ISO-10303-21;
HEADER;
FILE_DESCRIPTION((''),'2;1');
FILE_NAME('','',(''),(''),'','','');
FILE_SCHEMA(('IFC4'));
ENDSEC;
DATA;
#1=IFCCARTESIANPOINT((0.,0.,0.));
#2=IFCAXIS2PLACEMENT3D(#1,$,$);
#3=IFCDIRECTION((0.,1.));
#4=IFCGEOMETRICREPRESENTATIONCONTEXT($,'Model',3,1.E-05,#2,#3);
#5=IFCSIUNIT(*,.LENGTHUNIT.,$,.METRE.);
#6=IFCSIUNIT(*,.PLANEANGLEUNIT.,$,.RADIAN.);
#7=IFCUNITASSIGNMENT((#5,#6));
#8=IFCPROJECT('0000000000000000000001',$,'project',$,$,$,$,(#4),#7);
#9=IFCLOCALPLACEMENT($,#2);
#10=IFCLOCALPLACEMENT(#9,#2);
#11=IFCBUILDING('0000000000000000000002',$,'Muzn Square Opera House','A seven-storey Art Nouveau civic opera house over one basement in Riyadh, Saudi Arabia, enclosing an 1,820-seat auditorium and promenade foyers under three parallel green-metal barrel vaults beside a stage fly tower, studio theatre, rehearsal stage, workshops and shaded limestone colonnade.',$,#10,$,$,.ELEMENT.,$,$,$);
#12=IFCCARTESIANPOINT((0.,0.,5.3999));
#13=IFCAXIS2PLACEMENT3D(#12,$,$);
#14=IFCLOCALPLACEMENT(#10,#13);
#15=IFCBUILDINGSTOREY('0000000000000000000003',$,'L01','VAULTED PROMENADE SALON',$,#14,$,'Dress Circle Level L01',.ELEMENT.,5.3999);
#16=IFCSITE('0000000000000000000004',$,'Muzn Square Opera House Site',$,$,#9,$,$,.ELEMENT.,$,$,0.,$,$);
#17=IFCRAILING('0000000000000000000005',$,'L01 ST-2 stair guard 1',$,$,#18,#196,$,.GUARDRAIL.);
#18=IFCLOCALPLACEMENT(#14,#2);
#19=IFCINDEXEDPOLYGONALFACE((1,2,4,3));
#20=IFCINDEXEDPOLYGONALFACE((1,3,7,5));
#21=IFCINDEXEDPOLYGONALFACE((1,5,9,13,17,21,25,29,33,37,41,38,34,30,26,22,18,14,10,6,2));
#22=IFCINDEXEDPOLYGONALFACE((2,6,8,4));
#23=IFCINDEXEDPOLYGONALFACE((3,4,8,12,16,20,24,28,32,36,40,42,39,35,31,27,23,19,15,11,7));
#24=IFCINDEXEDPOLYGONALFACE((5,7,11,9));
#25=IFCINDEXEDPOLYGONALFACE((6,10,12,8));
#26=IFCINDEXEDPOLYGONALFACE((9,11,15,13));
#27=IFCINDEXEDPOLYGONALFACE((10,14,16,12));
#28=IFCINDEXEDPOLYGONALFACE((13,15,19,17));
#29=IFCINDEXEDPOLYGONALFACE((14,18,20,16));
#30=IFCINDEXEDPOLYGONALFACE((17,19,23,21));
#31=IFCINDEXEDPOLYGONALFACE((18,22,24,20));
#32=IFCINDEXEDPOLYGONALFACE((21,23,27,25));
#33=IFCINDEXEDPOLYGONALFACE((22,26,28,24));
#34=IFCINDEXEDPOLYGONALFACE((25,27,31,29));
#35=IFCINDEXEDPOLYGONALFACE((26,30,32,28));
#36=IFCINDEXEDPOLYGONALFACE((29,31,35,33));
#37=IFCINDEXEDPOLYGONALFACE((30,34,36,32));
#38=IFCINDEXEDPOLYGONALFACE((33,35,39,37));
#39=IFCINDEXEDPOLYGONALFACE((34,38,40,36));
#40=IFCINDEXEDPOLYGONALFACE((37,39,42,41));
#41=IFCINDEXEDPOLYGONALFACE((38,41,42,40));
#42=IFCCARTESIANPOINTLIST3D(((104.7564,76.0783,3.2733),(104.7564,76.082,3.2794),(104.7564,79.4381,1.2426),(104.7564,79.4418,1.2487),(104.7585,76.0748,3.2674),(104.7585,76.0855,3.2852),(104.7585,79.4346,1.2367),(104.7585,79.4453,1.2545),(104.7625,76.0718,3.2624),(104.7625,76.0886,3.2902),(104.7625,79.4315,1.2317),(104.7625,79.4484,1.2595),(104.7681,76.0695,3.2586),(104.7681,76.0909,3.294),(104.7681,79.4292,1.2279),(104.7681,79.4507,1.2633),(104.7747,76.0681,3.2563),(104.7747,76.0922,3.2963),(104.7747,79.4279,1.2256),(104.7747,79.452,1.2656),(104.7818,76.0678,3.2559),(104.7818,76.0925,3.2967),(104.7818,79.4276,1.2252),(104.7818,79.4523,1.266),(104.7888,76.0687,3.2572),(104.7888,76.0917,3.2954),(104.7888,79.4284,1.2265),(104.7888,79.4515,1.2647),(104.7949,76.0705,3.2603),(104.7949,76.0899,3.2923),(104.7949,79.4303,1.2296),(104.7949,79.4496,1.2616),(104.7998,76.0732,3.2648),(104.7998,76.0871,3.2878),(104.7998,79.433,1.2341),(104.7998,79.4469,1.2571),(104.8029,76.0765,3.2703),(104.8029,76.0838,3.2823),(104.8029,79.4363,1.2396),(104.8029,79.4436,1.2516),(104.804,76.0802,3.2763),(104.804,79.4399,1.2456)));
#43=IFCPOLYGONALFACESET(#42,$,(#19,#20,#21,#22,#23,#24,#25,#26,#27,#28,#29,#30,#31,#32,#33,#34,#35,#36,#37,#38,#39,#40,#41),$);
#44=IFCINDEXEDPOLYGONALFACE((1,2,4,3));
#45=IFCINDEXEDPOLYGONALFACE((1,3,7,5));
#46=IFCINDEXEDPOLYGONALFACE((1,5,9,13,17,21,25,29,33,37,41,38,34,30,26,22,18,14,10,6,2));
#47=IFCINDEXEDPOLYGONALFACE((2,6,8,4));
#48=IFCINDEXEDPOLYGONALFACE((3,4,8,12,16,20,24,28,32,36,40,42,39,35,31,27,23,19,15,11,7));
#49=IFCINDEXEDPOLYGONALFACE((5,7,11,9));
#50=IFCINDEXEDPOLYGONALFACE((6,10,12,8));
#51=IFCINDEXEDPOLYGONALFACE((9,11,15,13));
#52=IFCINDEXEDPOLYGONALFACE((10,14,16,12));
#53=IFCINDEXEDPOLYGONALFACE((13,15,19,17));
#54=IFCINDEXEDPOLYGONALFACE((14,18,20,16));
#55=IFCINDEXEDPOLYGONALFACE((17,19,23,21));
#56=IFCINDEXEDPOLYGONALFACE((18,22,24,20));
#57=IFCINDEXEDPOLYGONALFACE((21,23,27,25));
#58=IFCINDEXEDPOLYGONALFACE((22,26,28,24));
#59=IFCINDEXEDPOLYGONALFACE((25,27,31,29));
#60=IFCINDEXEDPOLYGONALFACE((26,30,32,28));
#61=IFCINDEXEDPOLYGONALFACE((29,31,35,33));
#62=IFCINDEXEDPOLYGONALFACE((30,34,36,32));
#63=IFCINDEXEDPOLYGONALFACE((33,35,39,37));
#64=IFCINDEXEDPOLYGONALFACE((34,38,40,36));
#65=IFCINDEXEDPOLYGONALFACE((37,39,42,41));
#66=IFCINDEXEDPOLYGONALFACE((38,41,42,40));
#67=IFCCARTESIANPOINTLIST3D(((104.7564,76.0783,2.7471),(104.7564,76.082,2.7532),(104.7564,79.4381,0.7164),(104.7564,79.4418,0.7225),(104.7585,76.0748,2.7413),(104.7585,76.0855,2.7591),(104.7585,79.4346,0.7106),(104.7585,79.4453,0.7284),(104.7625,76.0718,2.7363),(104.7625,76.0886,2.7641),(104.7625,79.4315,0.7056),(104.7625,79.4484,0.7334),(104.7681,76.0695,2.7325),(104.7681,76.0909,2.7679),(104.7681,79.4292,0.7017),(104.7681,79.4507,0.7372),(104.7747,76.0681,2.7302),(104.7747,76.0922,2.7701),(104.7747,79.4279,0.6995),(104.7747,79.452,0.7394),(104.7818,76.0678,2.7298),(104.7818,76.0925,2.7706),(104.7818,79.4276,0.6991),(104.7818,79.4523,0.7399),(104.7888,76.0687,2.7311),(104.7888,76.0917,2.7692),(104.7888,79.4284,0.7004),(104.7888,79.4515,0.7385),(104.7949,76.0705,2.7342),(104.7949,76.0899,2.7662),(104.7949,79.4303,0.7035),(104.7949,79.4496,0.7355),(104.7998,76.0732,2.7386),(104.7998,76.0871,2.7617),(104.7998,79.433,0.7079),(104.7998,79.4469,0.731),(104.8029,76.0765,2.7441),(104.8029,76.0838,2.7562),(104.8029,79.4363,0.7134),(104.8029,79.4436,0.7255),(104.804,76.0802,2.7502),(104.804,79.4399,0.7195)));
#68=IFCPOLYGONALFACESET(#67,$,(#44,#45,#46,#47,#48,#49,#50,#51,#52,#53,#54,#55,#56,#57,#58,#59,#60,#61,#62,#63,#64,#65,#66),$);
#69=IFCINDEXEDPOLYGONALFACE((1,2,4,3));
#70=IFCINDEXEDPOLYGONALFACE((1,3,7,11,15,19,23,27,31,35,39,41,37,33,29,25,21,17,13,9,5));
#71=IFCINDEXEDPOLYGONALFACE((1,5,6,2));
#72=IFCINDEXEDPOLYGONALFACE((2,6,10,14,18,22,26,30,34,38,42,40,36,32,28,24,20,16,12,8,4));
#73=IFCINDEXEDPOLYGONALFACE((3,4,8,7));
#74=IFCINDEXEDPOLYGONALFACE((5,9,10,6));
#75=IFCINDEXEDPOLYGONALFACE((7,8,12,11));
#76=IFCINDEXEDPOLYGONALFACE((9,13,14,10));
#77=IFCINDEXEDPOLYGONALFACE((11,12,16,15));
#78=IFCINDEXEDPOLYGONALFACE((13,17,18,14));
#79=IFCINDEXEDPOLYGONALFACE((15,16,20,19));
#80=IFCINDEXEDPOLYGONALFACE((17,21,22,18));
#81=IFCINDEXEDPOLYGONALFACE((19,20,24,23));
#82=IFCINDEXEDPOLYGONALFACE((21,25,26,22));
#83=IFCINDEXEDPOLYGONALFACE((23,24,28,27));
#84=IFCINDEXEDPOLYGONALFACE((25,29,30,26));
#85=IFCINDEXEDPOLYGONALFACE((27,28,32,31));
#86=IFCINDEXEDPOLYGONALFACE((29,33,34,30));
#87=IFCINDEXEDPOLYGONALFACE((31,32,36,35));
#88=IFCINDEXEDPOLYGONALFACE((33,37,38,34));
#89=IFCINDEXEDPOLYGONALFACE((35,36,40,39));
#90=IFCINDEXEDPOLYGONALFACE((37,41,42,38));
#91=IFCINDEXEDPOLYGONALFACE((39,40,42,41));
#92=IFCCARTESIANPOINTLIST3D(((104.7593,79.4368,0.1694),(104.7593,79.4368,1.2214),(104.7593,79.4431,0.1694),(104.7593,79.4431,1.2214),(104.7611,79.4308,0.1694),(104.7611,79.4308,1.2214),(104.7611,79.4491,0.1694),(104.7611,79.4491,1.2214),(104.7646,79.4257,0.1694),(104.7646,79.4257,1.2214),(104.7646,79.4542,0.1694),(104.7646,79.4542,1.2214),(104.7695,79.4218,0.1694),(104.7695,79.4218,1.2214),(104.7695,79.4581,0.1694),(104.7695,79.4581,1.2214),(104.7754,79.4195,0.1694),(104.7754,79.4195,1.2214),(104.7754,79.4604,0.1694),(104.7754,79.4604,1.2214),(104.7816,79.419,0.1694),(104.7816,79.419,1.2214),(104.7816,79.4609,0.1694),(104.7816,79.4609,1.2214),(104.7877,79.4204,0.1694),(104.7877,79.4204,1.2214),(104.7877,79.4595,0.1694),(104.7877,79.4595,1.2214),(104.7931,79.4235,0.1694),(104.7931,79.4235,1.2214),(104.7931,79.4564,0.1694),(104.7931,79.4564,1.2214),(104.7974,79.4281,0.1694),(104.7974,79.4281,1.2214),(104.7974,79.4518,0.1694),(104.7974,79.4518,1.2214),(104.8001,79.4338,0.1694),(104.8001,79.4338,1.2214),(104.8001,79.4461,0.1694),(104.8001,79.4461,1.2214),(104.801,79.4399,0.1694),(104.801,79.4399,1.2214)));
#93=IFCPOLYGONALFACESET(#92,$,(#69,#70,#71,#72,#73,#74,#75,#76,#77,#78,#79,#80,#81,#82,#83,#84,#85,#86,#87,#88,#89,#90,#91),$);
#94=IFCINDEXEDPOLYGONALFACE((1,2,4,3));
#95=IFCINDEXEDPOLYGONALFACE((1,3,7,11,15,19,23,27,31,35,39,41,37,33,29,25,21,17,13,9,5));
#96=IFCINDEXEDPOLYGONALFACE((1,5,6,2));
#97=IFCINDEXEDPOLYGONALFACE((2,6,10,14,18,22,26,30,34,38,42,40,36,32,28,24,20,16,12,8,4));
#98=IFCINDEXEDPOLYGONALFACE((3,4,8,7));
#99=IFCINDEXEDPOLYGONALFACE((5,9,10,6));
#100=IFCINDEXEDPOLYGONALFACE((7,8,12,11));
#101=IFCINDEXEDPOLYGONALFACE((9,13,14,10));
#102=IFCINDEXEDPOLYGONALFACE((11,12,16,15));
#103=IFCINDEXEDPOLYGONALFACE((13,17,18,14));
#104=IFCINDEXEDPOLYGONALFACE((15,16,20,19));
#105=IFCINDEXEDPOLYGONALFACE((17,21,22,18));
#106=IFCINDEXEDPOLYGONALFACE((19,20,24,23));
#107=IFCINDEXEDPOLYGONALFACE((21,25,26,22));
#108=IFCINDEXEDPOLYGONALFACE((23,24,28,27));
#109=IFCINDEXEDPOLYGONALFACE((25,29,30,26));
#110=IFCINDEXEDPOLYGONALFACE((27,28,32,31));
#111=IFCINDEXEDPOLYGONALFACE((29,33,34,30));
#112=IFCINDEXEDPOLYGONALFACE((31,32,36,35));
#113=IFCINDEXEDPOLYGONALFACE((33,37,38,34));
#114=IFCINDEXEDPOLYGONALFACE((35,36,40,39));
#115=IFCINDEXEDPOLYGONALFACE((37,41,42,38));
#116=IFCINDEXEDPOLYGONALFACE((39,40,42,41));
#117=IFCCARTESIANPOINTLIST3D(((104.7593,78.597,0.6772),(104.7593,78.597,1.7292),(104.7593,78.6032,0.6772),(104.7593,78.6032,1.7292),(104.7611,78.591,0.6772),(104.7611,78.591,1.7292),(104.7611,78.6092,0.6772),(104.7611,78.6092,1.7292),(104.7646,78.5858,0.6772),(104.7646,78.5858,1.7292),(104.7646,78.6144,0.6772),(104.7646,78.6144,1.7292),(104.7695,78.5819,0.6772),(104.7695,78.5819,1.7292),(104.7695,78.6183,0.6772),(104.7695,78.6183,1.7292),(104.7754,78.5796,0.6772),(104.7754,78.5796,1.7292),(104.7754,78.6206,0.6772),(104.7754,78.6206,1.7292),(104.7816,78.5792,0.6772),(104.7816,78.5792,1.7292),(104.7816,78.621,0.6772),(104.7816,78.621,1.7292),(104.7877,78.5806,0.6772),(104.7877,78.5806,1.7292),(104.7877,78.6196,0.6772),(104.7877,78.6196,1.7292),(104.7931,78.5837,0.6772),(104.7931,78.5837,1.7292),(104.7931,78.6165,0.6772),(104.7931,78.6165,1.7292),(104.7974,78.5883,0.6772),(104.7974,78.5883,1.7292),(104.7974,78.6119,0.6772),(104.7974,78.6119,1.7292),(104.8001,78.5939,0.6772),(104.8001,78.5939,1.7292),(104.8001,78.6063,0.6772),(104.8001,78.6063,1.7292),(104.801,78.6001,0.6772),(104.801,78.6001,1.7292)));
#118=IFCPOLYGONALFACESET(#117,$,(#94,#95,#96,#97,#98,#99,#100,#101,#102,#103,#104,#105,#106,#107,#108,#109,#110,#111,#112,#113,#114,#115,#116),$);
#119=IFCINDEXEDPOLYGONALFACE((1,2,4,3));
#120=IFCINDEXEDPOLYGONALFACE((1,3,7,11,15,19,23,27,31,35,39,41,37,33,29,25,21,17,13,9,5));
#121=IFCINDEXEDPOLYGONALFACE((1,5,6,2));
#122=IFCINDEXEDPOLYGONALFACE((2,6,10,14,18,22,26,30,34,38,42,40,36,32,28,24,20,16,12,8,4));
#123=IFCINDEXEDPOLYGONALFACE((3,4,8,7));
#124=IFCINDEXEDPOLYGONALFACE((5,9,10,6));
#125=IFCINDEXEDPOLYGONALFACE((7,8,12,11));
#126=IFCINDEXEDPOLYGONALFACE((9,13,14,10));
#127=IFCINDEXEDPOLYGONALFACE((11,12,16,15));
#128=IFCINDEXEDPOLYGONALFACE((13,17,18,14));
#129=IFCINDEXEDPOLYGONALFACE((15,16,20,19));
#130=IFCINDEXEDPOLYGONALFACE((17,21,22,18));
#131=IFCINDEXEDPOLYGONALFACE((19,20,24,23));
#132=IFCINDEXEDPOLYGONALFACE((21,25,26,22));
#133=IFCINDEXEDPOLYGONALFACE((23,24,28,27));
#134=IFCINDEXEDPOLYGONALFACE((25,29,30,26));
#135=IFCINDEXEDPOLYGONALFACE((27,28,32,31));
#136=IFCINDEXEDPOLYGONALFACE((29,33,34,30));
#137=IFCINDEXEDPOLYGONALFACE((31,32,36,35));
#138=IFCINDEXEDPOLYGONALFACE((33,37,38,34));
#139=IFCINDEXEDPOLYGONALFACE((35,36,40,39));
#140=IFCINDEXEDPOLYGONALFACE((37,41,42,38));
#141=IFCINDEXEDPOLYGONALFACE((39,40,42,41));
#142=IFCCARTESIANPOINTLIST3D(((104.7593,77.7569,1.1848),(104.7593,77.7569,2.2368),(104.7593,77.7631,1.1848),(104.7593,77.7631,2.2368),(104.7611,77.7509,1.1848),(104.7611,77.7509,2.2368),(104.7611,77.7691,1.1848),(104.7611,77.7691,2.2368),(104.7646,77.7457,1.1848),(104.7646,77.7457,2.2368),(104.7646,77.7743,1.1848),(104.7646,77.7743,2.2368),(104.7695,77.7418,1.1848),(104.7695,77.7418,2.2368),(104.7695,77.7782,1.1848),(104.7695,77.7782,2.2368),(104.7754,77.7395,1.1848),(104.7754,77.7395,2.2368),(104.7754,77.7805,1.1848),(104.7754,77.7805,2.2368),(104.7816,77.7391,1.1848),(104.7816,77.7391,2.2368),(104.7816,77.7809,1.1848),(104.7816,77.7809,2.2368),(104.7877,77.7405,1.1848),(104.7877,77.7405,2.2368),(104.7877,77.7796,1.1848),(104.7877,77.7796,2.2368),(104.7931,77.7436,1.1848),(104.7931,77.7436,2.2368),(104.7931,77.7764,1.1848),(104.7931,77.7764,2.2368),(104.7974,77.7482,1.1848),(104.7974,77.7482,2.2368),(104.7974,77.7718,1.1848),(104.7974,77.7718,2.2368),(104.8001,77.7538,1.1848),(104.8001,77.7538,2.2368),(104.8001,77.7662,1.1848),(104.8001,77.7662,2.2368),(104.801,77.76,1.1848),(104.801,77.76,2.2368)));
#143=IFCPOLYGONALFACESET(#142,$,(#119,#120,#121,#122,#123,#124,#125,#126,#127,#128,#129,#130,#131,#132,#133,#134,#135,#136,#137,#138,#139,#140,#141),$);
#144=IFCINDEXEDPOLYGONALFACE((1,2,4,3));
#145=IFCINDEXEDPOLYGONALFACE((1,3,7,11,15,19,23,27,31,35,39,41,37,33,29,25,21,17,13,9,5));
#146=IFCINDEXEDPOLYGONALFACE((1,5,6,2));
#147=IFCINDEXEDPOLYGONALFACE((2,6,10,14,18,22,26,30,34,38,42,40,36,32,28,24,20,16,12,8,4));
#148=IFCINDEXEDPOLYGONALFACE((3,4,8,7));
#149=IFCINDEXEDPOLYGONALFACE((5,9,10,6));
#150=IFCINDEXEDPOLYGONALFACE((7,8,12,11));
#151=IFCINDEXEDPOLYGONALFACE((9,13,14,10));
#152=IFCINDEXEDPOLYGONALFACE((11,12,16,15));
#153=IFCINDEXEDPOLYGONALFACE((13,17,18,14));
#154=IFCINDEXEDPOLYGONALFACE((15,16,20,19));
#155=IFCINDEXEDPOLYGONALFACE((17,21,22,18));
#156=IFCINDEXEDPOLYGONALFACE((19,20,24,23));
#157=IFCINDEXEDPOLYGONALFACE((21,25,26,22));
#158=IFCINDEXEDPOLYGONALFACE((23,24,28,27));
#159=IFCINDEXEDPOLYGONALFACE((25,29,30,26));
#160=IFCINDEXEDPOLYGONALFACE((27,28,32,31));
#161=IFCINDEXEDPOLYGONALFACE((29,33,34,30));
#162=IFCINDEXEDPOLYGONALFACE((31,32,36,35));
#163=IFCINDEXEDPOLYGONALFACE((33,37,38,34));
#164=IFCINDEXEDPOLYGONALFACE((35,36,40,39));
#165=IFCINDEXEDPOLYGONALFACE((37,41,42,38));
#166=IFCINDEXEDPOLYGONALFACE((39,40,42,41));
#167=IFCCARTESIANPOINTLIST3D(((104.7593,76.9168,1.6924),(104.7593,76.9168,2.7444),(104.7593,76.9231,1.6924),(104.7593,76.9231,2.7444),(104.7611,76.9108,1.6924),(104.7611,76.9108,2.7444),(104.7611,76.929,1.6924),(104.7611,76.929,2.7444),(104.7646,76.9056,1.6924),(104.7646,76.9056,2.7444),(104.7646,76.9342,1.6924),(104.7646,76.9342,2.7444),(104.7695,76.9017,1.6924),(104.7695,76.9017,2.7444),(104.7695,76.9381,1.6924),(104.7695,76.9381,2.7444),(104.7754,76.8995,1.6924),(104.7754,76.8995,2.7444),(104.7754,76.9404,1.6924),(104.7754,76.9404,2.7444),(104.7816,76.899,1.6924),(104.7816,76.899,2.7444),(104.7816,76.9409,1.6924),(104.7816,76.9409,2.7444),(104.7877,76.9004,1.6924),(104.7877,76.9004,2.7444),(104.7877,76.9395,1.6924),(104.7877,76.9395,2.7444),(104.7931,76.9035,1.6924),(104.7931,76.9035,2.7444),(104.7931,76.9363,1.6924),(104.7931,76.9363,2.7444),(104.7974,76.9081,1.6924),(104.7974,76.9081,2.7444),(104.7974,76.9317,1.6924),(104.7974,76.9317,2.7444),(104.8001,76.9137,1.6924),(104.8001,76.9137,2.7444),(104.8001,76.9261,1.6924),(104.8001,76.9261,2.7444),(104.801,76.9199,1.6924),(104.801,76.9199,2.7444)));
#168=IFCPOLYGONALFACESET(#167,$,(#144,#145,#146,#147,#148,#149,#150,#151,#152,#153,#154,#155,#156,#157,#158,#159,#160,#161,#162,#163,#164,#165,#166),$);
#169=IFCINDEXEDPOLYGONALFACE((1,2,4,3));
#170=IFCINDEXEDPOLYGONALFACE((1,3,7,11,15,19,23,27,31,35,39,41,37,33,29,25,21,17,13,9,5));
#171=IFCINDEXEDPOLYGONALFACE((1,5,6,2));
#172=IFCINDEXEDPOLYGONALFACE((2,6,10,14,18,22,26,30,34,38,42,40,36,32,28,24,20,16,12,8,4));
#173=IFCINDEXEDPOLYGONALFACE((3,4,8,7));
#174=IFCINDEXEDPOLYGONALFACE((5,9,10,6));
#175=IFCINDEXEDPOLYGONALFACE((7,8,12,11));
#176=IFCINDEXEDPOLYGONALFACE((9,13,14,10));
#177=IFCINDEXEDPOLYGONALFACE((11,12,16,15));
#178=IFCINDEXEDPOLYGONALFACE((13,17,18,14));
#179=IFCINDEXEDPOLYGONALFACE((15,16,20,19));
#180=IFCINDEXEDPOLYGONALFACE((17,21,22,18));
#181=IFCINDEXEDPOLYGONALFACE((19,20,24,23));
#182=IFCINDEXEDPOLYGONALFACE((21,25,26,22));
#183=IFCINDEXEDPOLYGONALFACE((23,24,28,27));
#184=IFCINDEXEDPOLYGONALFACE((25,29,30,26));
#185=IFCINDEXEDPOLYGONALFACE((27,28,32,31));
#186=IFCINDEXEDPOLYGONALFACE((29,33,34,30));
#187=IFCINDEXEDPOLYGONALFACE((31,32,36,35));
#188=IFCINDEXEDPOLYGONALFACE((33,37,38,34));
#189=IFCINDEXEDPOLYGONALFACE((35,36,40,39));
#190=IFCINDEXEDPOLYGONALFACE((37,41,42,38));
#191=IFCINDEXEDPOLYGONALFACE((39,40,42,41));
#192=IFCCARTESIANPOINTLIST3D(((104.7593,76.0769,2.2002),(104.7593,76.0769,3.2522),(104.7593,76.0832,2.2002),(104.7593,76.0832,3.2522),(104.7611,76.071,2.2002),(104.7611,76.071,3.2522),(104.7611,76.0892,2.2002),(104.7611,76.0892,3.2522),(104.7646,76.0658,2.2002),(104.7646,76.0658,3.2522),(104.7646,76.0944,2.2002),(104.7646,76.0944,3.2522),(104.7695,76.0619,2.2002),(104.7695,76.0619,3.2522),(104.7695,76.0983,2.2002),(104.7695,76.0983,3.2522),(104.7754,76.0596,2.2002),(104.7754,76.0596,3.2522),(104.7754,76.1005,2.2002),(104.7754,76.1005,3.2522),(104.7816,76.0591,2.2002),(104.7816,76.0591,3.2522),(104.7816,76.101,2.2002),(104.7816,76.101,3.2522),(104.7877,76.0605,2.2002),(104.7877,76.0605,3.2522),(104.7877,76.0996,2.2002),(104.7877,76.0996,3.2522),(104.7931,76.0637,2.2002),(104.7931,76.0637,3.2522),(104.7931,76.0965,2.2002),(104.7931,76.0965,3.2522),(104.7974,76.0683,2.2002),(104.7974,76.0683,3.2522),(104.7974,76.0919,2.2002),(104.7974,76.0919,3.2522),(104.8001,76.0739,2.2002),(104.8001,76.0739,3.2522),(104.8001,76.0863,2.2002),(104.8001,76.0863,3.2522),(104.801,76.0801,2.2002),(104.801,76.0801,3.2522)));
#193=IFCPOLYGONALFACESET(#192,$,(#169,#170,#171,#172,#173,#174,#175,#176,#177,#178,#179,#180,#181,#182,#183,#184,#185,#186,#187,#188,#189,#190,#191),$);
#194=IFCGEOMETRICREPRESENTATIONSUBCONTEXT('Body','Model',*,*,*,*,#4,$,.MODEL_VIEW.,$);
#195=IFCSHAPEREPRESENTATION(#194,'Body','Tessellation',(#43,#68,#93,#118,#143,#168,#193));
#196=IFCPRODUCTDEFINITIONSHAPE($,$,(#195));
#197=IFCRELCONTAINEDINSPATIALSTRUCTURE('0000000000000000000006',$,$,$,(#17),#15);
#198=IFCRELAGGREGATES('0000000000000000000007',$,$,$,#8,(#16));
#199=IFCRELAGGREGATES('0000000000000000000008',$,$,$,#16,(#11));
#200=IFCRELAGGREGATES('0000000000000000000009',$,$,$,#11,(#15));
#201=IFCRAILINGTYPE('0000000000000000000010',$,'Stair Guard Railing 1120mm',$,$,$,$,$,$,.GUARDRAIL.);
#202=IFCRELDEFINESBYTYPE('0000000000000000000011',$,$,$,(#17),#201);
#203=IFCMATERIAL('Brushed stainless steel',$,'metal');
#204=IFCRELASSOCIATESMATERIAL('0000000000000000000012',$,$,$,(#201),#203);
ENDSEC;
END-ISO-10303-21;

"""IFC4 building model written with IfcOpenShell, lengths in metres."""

from ifc_helpers import new_model, si_unit, direction, frame, origin, origin_2d, place, context, subcontext, project, spatial, circle, extrude, material, type_object, element, save


model = new_model("IFC4")

# Units and contexts
model_context = context("Model", 3, precision=1e-05, world=origin(), true_north=direction((0.0, 1.0)))
body_context = subcontext(model_context, "Body", "Model", "MODEL_VIEW")
ifc_project = project(units=[si_unit("LENGTHUNIT", "METRE"), si_unit("PLANEANGLEUNIT", "RADIAN")], contexts=[model_context])

# Site, building, storey
site_placement = place(None, origin())
site = spatial("IfcSite", under=ifc_project, at=site_placement, Name="Muzn Square Opera House Site", CompositionType="ELEMENT", RefElevation=0.0)
building_placement = place(site_placement, origin())
building = spatial("IfcBuilding", under=site, at=building_placement, Name="Muzn Square Opera House", Description="A seven-storey Art Nouveau civic opera house over one basement in Riyadh, Saudi Arabia, enclosing an 1,820-seat auditorium and promenade foyers under three parallel green-metal barrel vaults beside a stage fly tower, studio theatre, rehearsal stage, workshops and shaded limestone colonnade.", CompositionType="ELEMENT")
storey_placement = place(building_placement, frame((0.0, 0.0, 5.3999)))
storey = spatial("IfcBuildingStorey", under=building, at=storey_placement, Name="L01", Description="VAULTED PROMENADE SALON", LongName="Dress Circle Level L01", CompositionType="ELEMENT", Elevation=5.3999)

# Shared definitions
ifc_material_1 = material(Name="Brushed stainless steel", Category="metal")

# Railing
railing_type_1 = type_object("IfcRailingType", Name="Stair Guard Railing 1120mm", PredefinedType="GUARDRAIL", material=ifc_material_1)
railing_1_placement = place(storey_placement, frame((104.78, 79.4399, 0.1694)))
element("IfcRailing", 1, at=railing_1_placement, inside=storey, type_object=railing_type_1, Name="L01 ST-2 stair guard 1", PredefinedType="GUARDRAIL", context=body_context, shape_type="SweptSolid", body=[
    extrude(circle(Radius=0.0239, at=origin_2d()), frame((0.0, 0.0, 1.0762), z_axis=(0.0, -0.85582, 0.517273), x_axis=(1.0, 0.0, 0.0)), (0.0, 0.0, 1.0), 3.9258),
    extrude(circle(Radius=0.0239, at=origin_2d()), frame((0.0, 0.0, 0.55), z_axis=(0.0, -0.85582, 0.517273), x_axis=(1.0, 0.0, 0.0)), (0.0, 0.0, 1.0), 3.9258),
    extrude(circle(Radius=0.021, at=origin_2d()), origin(), (0.0, 0.0, 1.0), 1.052),
    extrude(circle(Radius=0.021, at=origin_2d()), frame((0.0, -0.8398, 0.5078)), (0.0, 0.0, 1.0), 1.052),
    extrude(circle(Radius=0.021, at=origin_2d()), frame((0.0, -1.6799, 1.0154)), (0.0, 0.0, 1.0), 1.052),
    extrude(circle(Radius=0.021, at=origin_2d()), frame((0.0, -2.52, 1.5229)), (0.0, 0.0, 1.0), 1.052),
    extrude(circle(Radius=0.021, at=origin_2d()), frame((0.0, -3.3599, 2.0308)), (0.0, 0.0, 1.0), 1.052),
])

save(model, "model.ifc")
